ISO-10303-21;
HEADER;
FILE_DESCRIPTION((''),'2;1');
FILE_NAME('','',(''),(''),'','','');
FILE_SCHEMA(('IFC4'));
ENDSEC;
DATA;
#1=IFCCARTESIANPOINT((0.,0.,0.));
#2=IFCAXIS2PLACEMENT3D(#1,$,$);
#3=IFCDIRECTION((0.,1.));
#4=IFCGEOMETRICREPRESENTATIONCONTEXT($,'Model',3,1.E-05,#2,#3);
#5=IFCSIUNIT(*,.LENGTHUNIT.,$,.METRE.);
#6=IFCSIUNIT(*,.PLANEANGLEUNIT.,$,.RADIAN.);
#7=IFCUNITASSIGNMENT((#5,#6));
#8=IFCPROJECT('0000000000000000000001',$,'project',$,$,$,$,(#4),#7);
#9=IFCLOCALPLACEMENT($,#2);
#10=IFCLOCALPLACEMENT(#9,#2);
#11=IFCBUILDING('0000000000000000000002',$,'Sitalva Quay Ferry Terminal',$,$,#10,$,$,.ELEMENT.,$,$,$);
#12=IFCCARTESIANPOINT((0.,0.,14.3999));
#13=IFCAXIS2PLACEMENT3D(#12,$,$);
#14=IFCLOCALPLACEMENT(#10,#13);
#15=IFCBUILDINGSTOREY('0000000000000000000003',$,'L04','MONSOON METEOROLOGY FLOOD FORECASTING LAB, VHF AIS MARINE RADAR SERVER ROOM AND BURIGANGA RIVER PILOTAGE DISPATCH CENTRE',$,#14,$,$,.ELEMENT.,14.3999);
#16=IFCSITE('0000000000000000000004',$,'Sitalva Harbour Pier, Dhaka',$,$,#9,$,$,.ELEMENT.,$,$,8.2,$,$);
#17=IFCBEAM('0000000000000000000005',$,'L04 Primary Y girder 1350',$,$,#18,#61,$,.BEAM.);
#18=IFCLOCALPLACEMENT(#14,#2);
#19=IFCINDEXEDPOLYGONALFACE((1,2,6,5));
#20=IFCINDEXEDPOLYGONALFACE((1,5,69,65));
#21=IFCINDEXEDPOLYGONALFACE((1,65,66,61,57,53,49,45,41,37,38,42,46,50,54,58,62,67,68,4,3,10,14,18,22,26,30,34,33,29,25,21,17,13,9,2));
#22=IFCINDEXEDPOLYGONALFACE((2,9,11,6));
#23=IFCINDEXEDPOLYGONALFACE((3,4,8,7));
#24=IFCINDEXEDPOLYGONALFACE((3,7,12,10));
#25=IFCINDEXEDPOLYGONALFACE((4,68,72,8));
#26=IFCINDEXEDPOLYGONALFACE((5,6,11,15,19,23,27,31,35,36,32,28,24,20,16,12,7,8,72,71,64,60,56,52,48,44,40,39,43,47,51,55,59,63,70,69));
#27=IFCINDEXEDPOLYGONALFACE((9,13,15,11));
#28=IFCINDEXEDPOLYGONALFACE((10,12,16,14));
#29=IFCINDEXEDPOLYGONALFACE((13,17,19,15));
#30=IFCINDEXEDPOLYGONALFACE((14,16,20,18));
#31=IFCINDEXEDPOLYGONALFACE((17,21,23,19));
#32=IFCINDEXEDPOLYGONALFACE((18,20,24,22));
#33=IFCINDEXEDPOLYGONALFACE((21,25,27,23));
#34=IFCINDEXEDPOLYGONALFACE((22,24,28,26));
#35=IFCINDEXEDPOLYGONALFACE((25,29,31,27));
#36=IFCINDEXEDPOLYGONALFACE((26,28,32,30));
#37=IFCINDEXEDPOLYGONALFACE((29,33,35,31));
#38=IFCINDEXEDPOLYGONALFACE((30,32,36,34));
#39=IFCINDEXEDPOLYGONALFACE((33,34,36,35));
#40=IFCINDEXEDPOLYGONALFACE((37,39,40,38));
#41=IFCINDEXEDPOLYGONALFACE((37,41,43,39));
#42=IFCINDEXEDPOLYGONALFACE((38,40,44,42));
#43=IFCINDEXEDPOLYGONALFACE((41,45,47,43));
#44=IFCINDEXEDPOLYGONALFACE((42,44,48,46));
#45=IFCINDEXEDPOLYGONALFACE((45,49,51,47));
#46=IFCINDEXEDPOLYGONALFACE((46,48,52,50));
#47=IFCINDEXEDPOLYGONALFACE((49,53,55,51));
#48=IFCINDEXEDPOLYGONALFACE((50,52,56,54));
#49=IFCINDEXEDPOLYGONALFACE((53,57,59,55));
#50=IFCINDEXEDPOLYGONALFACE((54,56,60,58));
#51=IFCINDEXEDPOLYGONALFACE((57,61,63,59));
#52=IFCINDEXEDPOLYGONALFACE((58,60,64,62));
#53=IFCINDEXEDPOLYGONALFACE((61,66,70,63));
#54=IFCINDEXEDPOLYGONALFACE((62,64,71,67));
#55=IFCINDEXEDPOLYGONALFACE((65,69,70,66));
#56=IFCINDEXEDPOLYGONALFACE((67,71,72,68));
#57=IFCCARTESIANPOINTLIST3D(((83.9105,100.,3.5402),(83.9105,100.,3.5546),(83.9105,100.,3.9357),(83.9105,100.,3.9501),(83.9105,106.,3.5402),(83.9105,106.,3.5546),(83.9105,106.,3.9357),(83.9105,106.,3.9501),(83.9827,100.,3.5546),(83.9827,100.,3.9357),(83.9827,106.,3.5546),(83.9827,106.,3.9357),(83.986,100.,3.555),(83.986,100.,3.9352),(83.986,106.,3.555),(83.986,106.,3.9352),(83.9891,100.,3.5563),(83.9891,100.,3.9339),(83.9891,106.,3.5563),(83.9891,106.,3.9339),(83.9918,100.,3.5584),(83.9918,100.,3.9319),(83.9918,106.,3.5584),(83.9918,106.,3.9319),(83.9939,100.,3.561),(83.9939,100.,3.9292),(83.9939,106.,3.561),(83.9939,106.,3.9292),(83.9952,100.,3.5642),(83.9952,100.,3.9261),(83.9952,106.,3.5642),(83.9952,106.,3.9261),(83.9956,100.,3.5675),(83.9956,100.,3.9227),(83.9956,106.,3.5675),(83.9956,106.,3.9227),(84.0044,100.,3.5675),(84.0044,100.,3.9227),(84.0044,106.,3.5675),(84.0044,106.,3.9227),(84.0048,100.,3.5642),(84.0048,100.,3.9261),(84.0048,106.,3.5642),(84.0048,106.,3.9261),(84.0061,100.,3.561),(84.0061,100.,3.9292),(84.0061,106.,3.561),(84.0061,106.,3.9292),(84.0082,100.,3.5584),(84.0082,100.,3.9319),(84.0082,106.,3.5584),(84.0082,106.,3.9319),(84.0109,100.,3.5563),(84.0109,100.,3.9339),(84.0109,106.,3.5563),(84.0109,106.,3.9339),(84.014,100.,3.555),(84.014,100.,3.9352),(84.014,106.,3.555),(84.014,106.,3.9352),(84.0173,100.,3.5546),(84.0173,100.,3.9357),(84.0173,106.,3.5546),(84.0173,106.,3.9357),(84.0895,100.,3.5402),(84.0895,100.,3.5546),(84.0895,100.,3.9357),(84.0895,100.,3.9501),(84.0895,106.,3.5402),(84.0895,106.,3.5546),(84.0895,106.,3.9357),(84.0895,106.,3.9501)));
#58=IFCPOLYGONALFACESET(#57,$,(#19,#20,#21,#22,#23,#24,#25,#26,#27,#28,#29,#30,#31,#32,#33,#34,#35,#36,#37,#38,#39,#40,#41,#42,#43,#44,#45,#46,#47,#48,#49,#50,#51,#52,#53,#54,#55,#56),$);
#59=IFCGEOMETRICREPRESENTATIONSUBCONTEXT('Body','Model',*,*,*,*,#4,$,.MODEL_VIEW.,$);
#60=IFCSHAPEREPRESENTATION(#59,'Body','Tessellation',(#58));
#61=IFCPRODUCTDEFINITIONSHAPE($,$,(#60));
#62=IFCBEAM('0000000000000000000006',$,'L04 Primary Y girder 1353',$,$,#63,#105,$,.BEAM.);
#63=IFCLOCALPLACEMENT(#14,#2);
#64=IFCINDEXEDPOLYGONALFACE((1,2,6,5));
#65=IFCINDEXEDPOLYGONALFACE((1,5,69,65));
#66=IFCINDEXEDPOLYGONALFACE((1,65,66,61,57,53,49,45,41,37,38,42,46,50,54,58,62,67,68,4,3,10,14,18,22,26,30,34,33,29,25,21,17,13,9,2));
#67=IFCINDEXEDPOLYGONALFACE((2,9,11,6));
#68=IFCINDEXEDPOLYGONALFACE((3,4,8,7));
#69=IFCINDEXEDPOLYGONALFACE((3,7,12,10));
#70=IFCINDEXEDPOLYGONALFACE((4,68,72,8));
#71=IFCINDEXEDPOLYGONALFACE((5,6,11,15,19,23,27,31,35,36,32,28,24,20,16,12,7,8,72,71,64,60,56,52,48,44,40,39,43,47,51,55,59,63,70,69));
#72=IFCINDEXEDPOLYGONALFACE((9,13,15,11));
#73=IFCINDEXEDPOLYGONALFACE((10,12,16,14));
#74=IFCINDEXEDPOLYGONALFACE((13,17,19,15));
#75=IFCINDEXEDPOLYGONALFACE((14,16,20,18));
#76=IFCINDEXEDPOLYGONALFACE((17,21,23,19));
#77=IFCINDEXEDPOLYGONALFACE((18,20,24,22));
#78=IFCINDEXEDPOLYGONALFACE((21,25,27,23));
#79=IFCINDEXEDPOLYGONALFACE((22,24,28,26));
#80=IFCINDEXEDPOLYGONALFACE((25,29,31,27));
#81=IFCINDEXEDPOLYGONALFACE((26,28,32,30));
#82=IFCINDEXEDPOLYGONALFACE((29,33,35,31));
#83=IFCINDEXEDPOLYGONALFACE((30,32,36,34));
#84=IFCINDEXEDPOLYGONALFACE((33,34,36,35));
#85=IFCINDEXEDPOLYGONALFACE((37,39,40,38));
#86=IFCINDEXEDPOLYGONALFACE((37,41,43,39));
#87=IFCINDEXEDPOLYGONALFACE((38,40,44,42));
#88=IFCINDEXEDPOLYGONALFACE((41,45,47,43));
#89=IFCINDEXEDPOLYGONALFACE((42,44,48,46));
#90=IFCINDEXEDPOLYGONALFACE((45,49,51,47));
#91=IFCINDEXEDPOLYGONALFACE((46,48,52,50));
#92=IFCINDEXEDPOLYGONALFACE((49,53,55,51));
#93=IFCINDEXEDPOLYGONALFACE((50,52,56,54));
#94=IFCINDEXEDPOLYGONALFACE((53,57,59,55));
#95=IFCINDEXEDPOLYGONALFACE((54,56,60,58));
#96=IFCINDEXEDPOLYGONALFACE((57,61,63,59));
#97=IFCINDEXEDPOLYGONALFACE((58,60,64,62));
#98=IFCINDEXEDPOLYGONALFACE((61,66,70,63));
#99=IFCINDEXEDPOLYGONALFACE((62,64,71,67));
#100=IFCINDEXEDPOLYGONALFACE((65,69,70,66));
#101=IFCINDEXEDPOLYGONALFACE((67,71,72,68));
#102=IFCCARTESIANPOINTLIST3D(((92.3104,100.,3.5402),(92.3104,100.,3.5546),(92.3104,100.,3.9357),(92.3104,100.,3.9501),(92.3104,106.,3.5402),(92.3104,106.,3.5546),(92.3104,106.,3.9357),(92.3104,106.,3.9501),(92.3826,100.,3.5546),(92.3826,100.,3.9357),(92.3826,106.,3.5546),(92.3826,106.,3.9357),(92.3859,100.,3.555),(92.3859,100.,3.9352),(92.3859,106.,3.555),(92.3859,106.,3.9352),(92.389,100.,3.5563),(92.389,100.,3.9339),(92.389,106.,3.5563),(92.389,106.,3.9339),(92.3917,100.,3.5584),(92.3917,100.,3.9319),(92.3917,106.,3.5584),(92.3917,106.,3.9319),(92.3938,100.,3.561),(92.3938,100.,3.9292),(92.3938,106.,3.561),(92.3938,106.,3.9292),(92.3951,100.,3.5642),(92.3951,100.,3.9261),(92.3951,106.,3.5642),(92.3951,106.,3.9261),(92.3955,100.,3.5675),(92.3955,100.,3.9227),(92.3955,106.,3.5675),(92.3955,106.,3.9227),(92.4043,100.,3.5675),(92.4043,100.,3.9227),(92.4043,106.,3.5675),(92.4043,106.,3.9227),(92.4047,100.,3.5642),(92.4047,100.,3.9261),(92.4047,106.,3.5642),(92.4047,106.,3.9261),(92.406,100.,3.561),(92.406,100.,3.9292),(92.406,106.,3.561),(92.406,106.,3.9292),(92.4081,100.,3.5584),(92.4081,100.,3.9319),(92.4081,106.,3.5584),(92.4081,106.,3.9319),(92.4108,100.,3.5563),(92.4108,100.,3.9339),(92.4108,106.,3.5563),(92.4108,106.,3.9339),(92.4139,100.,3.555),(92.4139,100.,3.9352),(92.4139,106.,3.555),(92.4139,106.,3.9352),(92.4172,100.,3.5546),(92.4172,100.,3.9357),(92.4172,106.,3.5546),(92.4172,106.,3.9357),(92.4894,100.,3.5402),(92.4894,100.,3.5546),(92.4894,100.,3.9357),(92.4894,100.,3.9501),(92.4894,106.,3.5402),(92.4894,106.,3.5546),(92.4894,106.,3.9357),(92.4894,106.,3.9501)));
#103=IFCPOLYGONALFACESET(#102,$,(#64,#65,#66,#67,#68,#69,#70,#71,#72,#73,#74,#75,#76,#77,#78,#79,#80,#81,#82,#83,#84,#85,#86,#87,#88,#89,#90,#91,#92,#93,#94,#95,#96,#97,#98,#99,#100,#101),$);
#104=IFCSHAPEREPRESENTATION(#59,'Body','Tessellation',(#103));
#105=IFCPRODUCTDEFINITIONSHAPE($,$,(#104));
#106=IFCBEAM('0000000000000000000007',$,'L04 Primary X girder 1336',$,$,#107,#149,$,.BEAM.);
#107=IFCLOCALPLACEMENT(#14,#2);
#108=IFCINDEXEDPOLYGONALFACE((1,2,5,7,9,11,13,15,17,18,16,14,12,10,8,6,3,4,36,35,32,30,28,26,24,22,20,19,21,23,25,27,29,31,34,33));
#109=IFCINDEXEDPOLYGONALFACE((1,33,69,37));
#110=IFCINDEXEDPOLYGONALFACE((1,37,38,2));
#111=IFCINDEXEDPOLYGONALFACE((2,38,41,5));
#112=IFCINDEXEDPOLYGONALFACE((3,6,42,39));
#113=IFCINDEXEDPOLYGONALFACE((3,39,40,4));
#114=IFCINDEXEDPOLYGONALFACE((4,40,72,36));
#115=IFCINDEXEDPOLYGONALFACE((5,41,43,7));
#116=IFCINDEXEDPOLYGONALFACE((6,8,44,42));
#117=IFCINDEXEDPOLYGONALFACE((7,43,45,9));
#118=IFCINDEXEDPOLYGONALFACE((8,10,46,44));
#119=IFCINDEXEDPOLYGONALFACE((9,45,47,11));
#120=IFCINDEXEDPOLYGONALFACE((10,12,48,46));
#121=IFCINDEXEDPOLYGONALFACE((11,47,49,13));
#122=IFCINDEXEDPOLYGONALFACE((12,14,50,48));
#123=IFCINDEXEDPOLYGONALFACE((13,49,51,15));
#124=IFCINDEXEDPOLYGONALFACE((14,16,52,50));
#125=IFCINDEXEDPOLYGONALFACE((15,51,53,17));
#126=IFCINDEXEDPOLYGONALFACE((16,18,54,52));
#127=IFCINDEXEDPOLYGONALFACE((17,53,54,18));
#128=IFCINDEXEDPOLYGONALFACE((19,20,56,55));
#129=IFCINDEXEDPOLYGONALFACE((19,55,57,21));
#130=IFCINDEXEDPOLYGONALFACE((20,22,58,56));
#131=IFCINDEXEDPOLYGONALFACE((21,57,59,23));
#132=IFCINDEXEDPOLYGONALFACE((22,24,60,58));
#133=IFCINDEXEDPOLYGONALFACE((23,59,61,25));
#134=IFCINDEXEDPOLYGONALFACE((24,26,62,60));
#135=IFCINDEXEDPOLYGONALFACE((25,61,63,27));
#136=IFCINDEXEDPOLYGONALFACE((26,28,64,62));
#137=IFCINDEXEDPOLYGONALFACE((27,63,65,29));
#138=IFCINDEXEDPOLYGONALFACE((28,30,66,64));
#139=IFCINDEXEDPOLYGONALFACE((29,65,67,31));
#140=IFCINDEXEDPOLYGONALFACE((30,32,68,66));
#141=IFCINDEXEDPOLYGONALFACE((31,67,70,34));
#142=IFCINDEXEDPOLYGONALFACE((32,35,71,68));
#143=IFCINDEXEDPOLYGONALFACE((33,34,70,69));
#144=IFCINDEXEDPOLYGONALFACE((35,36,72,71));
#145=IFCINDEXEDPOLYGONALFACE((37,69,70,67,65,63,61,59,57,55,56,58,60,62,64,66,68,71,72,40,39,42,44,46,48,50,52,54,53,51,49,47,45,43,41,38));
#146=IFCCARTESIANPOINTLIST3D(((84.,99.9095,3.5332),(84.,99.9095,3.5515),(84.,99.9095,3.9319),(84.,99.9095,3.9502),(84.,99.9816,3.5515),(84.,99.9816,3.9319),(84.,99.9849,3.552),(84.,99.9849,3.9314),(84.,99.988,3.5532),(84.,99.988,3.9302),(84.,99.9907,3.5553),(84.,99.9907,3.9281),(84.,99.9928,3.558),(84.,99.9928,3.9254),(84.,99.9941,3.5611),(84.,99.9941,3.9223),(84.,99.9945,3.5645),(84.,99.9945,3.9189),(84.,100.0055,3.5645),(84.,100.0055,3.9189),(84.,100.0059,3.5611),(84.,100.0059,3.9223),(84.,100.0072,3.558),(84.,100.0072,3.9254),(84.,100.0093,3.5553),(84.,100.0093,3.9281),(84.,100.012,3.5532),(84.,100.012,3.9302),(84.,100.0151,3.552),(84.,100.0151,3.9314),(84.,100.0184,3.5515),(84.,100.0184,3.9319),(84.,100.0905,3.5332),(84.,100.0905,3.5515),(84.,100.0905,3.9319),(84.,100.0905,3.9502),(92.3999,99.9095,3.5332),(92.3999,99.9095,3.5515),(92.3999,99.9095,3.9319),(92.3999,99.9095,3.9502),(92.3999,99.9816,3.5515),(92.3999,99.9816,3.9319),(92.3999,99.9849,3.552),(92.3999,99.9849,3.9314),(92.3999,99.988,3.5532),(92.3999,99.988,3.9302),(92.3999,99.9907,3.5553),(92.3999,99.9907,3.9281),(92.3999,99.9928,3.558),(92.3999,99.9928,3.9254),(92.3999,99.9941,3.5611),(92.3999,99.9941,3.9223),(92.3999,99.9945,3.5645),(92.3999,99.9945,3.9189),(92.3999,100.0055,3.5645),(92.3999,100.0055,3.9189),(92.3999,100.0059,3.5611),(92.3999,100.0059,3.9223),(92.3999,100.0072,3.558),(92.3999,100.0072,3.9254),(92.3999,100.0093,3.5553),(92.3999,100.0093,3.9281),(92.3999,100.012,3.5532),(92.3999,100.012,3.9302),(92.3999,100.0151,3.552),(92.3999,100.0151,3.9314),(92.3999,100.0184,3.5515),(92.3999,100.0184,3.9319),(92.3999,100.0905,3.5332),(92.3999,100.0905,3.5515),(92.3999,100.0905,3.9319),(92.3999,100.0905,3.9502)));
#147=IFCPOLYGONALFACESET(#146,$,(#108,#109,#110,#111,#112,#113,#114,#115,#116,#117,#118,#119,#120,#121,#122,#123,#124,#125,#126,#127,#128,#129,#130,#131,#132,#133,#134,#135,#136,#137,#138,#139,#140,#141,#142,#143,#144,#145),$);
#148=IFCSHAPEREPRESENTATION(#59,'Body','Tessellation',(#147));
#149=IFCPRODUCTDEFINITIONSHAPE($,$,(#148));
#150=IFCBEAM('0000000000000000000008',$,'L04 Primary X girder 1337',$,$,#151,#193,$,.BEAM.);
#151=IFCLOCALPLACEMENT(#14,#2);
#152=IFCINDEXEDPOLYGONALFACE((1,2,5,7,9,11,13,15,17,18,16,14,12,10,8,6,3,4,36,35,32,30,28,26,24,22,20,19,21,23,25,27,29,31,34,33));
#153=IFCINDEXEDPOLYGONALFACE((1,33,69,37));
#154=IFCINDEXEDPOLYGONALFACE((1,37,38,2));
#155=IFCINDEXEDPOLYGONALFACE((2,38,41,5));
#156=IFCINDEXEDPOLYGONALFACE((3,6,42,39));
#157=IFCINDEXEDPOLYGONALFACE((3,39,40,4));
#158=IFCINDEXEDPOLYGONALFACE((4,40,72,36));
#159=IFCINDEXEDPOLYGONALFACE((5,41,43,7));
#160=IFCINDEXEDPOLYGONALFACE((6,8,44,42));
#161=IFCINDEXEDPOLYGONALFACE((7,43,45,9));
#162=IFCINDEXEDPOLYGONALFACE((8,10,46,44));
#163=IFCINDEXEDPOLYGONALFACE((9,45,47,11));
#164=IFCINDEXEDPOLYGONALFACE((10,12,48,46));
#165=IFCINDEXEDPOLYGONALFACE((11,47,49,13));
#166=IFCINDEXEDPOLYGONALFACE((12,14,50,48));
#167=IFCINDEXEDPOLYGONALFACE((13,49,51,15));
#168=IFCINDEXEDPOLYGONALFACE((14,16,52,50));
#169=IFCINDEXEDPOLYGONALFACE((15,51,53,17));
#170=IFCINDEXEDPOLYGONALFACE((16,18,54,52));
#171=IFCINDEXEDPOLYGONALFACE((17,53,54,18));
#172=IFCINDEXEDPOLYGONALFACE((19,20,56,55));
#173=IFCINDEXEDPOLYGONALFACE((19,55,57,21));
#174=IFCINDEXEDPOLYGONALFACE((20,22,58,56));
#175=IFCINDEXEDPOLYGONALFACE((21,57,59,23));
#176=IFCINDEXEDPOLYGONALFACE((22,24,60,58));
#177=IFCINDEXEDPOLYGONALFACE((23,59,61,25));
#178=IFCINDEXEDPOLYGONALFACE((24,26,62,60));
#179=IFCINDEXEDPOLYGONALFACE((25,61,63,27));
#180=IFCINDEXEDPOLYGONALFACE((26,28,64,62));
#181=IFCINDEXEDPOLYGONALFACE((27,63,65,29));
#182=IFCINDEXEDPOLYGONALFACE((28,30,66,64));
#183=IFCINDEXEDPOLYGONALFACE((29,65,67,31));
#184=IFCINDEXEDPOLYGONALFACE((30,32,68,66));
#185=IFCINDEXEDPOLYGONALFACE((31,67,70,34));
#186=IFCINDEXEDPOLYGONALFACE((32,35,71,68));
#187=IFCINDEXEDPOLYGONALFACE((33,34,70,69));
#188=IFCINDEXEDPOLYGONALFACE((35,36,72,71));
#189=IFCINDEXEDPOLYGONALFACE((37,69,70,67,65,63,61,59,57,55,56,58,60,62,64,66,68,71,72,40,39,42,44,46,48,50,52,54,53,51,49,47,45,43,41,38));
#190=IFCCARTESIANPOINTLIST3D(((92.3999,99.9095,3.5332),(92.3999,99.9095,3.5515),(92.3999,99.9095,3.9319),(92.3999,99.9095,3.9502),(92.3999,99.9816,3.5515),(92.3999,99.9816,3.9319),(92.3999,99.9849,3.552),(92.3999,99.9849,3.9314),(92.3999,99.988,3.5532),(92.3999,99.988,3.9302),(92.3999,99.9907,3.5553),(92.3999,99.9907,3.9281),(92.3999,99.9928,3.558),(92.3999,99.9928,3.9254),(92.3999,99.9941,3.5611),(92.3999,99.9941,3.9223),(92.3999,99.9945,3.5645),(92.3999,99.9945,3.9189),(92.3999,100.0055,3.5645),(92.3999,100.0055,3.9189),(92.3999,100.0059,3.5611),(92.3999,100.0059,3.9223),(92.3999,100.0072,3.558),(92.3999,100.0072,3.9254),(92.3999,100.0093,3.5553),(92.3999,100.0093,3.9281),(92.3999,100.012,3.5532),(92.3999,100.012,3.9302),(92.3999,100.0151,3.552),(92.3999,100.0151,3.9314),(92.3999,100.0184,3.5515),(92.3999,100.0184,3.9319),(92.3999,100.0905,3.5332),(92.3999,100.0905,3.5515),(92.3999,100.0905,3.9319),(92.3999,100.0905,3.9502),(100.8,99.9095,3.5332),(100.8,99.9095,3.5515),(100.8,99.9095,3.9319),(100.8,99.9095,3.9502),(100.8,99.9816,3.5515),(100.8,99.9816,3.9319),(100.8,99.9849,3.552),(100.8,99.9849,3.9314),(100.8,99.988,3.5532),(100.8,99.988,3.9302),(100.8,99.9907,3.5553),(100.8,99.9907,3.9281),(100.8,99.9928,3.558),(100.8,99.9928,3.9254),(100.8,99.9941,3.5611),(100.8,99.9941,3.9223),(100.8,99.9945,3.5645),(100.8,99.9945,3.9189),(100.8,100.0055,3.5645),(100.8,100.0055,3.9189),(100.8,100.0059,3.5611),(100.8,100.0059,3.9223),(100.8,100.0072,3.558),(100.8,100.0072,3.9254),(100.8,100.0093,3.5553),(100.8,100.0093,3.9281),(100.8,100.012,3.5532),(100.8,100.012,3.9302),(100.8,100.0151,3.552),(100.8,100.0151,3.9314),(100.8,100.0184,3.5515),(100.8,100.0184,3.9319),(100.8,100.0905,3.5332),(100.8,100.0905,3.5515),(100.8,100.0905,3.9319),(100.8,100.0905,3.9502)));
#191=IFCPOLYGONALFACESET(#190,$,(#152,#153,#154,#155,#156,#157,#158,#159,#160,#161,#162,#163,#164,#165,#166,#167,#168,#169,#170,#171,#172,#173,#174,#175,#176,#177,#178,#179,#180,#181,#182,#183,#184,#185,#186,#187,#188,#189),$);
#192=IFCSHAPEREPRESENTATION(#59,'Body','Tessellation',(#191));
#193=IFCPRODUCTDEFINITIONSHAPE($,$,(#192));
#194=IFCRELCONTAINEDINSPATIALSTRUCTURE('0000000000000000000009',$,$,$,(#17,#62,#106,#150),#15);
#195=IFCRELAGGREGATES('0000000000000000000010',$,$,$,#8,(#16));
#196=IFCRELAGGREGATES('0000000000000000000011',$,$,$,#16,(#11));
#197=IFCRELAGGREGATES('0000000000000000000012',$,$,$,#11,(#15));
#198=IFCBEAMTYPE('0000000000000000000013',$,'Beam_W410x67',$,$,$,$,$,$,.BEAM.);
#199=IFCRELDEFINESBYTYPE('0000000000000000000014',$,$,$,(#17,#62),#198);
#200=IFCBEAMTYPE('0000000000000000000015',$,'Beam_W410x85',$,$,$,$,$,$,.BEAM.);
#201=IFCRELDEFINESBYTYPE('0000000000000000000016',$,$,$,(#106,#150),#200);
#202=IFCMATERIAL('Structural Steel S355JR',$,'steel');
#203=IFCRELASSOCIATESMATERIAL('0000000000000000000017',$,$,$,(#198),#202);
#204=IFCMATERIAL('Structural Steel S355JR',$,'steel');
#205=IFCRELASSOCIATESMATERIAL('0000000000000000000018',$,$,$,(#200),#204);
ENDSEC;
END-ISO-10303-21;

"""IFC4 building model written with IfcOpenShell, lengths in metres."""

from ifc_helpers import new_model, si_unit, direction, frame, origin, origin_2d, place, context, subcontext, project, spatial, i_section, extrude, material, material_profile, profile_set, type_object, element, save


model = new_model("IFC4")

# Units and contexts
model_context = context("Model", 3, precision=1e-05, world=origin(), true_north=direction((0.0, 1.0)))
body_context = subcontext(model_context, "Body", "Model", "MODEL_VIEW")
ifc_project = project(units=[si_unit("LENGTHUNIT", "METRE"), si_unit("PLANEANGLEUNIT", "RADIAN")], contexts=[model_context])

# Site, building, storey
site_placement = place(None, origin())
site = spatial("IfcSite", under=ifc_project, at=site_placement, Name="Sitalva Harbour Pier, Dhaka", CompositionType="ELEMENT", RefElevation=8.2)
building_placement = place(site_placement, origin())
building = spatial("IfcBuilding", under=site, at=building_placement, Name="Sitalva Quay Ferry Terminal", CompositionType="ELEMENT")
storey_placement = place(building_placement, frame((0.0, 0.0, 14.3999)))
storey = spatial("IfcBuildingStorey", under=building, at=storey_placement, Name="L04", Description="MONSOON METEOROLOGY FLOOD FORECASTING LAB, VHF AIS MARINE RADAR SERVER ROOM AND BURIGANGA RIVER PILOTAGE DISPATCH CENTRE", CompositionType="ELEMENT", Elevation=14.3999)

# Beams
ifc_material_1 = material(Name="Structural Steel S355JR", Category="steel")
ifc_material_profile_1 = material_profile(ifc_material_1, i_section(OverallWidth=0.179, OverallDepth=0.4099, WebThickness=0.0088, FlangeThickness=0.0144, FilletRadius=0.0129, at=origin_2d()), Name="W410x67")
ifc_profile_set_1 = profile_set([ifc_material_profile_1], Name="Structural Steel S355JR")
beam_type_1 = type_object("IfcBeamType", Name="Beam_W410x67", PredefinedType="BEAM", material=ifc_profile_set_1)
for number, where, z_axis, x_axis, name in (
    (1, (84.0, 100.0, 3.7451), (0.0, 1.0, 0.0), (-1.0, 0.0, 0.0), "L04 Primary Y girder 1350"),
    (2, (92.3999, 100.0, 3.7451), (0.0, 1.0, 0.0), (-1.0, 0.0, 0.0), "L04 Primary Y girder 1353"),
):
    element("IfcBeam", number, at=place(storey_placement, frame(where, z_axis=z_axis, x_axis=x_axis)), inside=storey, type_object=beam_type_1, Name=name, PredefinedType="BEAM", context=body_context, shape_type="SweptSolid", body=[
        extrude(i_section(OverallWidth=0.179, OverallDepth=0.4099, WebThickness=0.0088, FlangeThickness=0.0144, FilletRadius=0.0129, at=origin_2d()), origin(), (0.0, 0.0, 1.0), 6.0),
    ])
ifc_material_2 = material(Name="Structural Steel S355JR", Category="steel")
ifc_material_profile_2 = material_profile(ifc_material_2, i_section(OverallWidth=0.1809, OverallDepth=0.417, WebThickness=0.011, FlangeThickness=0.0183, FilletRadius=0.0129, at=origin_2d()), Name="W410x85")
ifc_profile_set_2 = profile_set([ifc_material_profile_2], Name="Structural Steel S355JR")
beam_type_2 = type_object("IfcBeamType", Name="Beam_W410x85", PredefinedType="BEAM", material=ifc_profile_set_2)
beam_1_placement = place(storey_placement, frame((84.0, 100.0, 3.7417), z_axis=(1.0, 0.0, 0.0), x_axis=(0.0, 1.0, 0.0)))
element("IfcBeam", 3, at=beam_1_placement, inside=storey, type_object=beam_type_2, Name="L04 Primary X girder 1336", PredefinedType="BEAM", context=body_context, shape_type="SweptSolid", body=[
    extrude(i_section(OverallWidth=0.1809, OverallDepth=0.417, WebThickness=0.011, FlangeThickness=0.0183, FilletRadius=0.0129, at=origin_2d()), origin(), (0.0, 0.0, 1.0), 8.3999),
])
beam_2_placement = place(storey_placement, frame((92.3999, 100.0, 3.7417), z_axis=(1.0, 0.0, 0.0), x_axis=(0.0, 1.0, 0.0)))
element("IfcBeam", 4, at=beam_2_placement, inside=storey, type_object=beam_type_2, Name="L04 Primary X girder 1337", PredefinedType="BEAM", context=body_context, shape_type="SweptSolid", body=[
    extrude(i_section(OverallWidth=0.1809, OverallDepth=0.417, WebThickness=0.011, FlangeThickness=0.0183, FilletRadius=0.0129, at=origin_2d()), origin(), (0.0, 0.0, 1.0), 8.4001),
])

save(model, "model.ifc")
